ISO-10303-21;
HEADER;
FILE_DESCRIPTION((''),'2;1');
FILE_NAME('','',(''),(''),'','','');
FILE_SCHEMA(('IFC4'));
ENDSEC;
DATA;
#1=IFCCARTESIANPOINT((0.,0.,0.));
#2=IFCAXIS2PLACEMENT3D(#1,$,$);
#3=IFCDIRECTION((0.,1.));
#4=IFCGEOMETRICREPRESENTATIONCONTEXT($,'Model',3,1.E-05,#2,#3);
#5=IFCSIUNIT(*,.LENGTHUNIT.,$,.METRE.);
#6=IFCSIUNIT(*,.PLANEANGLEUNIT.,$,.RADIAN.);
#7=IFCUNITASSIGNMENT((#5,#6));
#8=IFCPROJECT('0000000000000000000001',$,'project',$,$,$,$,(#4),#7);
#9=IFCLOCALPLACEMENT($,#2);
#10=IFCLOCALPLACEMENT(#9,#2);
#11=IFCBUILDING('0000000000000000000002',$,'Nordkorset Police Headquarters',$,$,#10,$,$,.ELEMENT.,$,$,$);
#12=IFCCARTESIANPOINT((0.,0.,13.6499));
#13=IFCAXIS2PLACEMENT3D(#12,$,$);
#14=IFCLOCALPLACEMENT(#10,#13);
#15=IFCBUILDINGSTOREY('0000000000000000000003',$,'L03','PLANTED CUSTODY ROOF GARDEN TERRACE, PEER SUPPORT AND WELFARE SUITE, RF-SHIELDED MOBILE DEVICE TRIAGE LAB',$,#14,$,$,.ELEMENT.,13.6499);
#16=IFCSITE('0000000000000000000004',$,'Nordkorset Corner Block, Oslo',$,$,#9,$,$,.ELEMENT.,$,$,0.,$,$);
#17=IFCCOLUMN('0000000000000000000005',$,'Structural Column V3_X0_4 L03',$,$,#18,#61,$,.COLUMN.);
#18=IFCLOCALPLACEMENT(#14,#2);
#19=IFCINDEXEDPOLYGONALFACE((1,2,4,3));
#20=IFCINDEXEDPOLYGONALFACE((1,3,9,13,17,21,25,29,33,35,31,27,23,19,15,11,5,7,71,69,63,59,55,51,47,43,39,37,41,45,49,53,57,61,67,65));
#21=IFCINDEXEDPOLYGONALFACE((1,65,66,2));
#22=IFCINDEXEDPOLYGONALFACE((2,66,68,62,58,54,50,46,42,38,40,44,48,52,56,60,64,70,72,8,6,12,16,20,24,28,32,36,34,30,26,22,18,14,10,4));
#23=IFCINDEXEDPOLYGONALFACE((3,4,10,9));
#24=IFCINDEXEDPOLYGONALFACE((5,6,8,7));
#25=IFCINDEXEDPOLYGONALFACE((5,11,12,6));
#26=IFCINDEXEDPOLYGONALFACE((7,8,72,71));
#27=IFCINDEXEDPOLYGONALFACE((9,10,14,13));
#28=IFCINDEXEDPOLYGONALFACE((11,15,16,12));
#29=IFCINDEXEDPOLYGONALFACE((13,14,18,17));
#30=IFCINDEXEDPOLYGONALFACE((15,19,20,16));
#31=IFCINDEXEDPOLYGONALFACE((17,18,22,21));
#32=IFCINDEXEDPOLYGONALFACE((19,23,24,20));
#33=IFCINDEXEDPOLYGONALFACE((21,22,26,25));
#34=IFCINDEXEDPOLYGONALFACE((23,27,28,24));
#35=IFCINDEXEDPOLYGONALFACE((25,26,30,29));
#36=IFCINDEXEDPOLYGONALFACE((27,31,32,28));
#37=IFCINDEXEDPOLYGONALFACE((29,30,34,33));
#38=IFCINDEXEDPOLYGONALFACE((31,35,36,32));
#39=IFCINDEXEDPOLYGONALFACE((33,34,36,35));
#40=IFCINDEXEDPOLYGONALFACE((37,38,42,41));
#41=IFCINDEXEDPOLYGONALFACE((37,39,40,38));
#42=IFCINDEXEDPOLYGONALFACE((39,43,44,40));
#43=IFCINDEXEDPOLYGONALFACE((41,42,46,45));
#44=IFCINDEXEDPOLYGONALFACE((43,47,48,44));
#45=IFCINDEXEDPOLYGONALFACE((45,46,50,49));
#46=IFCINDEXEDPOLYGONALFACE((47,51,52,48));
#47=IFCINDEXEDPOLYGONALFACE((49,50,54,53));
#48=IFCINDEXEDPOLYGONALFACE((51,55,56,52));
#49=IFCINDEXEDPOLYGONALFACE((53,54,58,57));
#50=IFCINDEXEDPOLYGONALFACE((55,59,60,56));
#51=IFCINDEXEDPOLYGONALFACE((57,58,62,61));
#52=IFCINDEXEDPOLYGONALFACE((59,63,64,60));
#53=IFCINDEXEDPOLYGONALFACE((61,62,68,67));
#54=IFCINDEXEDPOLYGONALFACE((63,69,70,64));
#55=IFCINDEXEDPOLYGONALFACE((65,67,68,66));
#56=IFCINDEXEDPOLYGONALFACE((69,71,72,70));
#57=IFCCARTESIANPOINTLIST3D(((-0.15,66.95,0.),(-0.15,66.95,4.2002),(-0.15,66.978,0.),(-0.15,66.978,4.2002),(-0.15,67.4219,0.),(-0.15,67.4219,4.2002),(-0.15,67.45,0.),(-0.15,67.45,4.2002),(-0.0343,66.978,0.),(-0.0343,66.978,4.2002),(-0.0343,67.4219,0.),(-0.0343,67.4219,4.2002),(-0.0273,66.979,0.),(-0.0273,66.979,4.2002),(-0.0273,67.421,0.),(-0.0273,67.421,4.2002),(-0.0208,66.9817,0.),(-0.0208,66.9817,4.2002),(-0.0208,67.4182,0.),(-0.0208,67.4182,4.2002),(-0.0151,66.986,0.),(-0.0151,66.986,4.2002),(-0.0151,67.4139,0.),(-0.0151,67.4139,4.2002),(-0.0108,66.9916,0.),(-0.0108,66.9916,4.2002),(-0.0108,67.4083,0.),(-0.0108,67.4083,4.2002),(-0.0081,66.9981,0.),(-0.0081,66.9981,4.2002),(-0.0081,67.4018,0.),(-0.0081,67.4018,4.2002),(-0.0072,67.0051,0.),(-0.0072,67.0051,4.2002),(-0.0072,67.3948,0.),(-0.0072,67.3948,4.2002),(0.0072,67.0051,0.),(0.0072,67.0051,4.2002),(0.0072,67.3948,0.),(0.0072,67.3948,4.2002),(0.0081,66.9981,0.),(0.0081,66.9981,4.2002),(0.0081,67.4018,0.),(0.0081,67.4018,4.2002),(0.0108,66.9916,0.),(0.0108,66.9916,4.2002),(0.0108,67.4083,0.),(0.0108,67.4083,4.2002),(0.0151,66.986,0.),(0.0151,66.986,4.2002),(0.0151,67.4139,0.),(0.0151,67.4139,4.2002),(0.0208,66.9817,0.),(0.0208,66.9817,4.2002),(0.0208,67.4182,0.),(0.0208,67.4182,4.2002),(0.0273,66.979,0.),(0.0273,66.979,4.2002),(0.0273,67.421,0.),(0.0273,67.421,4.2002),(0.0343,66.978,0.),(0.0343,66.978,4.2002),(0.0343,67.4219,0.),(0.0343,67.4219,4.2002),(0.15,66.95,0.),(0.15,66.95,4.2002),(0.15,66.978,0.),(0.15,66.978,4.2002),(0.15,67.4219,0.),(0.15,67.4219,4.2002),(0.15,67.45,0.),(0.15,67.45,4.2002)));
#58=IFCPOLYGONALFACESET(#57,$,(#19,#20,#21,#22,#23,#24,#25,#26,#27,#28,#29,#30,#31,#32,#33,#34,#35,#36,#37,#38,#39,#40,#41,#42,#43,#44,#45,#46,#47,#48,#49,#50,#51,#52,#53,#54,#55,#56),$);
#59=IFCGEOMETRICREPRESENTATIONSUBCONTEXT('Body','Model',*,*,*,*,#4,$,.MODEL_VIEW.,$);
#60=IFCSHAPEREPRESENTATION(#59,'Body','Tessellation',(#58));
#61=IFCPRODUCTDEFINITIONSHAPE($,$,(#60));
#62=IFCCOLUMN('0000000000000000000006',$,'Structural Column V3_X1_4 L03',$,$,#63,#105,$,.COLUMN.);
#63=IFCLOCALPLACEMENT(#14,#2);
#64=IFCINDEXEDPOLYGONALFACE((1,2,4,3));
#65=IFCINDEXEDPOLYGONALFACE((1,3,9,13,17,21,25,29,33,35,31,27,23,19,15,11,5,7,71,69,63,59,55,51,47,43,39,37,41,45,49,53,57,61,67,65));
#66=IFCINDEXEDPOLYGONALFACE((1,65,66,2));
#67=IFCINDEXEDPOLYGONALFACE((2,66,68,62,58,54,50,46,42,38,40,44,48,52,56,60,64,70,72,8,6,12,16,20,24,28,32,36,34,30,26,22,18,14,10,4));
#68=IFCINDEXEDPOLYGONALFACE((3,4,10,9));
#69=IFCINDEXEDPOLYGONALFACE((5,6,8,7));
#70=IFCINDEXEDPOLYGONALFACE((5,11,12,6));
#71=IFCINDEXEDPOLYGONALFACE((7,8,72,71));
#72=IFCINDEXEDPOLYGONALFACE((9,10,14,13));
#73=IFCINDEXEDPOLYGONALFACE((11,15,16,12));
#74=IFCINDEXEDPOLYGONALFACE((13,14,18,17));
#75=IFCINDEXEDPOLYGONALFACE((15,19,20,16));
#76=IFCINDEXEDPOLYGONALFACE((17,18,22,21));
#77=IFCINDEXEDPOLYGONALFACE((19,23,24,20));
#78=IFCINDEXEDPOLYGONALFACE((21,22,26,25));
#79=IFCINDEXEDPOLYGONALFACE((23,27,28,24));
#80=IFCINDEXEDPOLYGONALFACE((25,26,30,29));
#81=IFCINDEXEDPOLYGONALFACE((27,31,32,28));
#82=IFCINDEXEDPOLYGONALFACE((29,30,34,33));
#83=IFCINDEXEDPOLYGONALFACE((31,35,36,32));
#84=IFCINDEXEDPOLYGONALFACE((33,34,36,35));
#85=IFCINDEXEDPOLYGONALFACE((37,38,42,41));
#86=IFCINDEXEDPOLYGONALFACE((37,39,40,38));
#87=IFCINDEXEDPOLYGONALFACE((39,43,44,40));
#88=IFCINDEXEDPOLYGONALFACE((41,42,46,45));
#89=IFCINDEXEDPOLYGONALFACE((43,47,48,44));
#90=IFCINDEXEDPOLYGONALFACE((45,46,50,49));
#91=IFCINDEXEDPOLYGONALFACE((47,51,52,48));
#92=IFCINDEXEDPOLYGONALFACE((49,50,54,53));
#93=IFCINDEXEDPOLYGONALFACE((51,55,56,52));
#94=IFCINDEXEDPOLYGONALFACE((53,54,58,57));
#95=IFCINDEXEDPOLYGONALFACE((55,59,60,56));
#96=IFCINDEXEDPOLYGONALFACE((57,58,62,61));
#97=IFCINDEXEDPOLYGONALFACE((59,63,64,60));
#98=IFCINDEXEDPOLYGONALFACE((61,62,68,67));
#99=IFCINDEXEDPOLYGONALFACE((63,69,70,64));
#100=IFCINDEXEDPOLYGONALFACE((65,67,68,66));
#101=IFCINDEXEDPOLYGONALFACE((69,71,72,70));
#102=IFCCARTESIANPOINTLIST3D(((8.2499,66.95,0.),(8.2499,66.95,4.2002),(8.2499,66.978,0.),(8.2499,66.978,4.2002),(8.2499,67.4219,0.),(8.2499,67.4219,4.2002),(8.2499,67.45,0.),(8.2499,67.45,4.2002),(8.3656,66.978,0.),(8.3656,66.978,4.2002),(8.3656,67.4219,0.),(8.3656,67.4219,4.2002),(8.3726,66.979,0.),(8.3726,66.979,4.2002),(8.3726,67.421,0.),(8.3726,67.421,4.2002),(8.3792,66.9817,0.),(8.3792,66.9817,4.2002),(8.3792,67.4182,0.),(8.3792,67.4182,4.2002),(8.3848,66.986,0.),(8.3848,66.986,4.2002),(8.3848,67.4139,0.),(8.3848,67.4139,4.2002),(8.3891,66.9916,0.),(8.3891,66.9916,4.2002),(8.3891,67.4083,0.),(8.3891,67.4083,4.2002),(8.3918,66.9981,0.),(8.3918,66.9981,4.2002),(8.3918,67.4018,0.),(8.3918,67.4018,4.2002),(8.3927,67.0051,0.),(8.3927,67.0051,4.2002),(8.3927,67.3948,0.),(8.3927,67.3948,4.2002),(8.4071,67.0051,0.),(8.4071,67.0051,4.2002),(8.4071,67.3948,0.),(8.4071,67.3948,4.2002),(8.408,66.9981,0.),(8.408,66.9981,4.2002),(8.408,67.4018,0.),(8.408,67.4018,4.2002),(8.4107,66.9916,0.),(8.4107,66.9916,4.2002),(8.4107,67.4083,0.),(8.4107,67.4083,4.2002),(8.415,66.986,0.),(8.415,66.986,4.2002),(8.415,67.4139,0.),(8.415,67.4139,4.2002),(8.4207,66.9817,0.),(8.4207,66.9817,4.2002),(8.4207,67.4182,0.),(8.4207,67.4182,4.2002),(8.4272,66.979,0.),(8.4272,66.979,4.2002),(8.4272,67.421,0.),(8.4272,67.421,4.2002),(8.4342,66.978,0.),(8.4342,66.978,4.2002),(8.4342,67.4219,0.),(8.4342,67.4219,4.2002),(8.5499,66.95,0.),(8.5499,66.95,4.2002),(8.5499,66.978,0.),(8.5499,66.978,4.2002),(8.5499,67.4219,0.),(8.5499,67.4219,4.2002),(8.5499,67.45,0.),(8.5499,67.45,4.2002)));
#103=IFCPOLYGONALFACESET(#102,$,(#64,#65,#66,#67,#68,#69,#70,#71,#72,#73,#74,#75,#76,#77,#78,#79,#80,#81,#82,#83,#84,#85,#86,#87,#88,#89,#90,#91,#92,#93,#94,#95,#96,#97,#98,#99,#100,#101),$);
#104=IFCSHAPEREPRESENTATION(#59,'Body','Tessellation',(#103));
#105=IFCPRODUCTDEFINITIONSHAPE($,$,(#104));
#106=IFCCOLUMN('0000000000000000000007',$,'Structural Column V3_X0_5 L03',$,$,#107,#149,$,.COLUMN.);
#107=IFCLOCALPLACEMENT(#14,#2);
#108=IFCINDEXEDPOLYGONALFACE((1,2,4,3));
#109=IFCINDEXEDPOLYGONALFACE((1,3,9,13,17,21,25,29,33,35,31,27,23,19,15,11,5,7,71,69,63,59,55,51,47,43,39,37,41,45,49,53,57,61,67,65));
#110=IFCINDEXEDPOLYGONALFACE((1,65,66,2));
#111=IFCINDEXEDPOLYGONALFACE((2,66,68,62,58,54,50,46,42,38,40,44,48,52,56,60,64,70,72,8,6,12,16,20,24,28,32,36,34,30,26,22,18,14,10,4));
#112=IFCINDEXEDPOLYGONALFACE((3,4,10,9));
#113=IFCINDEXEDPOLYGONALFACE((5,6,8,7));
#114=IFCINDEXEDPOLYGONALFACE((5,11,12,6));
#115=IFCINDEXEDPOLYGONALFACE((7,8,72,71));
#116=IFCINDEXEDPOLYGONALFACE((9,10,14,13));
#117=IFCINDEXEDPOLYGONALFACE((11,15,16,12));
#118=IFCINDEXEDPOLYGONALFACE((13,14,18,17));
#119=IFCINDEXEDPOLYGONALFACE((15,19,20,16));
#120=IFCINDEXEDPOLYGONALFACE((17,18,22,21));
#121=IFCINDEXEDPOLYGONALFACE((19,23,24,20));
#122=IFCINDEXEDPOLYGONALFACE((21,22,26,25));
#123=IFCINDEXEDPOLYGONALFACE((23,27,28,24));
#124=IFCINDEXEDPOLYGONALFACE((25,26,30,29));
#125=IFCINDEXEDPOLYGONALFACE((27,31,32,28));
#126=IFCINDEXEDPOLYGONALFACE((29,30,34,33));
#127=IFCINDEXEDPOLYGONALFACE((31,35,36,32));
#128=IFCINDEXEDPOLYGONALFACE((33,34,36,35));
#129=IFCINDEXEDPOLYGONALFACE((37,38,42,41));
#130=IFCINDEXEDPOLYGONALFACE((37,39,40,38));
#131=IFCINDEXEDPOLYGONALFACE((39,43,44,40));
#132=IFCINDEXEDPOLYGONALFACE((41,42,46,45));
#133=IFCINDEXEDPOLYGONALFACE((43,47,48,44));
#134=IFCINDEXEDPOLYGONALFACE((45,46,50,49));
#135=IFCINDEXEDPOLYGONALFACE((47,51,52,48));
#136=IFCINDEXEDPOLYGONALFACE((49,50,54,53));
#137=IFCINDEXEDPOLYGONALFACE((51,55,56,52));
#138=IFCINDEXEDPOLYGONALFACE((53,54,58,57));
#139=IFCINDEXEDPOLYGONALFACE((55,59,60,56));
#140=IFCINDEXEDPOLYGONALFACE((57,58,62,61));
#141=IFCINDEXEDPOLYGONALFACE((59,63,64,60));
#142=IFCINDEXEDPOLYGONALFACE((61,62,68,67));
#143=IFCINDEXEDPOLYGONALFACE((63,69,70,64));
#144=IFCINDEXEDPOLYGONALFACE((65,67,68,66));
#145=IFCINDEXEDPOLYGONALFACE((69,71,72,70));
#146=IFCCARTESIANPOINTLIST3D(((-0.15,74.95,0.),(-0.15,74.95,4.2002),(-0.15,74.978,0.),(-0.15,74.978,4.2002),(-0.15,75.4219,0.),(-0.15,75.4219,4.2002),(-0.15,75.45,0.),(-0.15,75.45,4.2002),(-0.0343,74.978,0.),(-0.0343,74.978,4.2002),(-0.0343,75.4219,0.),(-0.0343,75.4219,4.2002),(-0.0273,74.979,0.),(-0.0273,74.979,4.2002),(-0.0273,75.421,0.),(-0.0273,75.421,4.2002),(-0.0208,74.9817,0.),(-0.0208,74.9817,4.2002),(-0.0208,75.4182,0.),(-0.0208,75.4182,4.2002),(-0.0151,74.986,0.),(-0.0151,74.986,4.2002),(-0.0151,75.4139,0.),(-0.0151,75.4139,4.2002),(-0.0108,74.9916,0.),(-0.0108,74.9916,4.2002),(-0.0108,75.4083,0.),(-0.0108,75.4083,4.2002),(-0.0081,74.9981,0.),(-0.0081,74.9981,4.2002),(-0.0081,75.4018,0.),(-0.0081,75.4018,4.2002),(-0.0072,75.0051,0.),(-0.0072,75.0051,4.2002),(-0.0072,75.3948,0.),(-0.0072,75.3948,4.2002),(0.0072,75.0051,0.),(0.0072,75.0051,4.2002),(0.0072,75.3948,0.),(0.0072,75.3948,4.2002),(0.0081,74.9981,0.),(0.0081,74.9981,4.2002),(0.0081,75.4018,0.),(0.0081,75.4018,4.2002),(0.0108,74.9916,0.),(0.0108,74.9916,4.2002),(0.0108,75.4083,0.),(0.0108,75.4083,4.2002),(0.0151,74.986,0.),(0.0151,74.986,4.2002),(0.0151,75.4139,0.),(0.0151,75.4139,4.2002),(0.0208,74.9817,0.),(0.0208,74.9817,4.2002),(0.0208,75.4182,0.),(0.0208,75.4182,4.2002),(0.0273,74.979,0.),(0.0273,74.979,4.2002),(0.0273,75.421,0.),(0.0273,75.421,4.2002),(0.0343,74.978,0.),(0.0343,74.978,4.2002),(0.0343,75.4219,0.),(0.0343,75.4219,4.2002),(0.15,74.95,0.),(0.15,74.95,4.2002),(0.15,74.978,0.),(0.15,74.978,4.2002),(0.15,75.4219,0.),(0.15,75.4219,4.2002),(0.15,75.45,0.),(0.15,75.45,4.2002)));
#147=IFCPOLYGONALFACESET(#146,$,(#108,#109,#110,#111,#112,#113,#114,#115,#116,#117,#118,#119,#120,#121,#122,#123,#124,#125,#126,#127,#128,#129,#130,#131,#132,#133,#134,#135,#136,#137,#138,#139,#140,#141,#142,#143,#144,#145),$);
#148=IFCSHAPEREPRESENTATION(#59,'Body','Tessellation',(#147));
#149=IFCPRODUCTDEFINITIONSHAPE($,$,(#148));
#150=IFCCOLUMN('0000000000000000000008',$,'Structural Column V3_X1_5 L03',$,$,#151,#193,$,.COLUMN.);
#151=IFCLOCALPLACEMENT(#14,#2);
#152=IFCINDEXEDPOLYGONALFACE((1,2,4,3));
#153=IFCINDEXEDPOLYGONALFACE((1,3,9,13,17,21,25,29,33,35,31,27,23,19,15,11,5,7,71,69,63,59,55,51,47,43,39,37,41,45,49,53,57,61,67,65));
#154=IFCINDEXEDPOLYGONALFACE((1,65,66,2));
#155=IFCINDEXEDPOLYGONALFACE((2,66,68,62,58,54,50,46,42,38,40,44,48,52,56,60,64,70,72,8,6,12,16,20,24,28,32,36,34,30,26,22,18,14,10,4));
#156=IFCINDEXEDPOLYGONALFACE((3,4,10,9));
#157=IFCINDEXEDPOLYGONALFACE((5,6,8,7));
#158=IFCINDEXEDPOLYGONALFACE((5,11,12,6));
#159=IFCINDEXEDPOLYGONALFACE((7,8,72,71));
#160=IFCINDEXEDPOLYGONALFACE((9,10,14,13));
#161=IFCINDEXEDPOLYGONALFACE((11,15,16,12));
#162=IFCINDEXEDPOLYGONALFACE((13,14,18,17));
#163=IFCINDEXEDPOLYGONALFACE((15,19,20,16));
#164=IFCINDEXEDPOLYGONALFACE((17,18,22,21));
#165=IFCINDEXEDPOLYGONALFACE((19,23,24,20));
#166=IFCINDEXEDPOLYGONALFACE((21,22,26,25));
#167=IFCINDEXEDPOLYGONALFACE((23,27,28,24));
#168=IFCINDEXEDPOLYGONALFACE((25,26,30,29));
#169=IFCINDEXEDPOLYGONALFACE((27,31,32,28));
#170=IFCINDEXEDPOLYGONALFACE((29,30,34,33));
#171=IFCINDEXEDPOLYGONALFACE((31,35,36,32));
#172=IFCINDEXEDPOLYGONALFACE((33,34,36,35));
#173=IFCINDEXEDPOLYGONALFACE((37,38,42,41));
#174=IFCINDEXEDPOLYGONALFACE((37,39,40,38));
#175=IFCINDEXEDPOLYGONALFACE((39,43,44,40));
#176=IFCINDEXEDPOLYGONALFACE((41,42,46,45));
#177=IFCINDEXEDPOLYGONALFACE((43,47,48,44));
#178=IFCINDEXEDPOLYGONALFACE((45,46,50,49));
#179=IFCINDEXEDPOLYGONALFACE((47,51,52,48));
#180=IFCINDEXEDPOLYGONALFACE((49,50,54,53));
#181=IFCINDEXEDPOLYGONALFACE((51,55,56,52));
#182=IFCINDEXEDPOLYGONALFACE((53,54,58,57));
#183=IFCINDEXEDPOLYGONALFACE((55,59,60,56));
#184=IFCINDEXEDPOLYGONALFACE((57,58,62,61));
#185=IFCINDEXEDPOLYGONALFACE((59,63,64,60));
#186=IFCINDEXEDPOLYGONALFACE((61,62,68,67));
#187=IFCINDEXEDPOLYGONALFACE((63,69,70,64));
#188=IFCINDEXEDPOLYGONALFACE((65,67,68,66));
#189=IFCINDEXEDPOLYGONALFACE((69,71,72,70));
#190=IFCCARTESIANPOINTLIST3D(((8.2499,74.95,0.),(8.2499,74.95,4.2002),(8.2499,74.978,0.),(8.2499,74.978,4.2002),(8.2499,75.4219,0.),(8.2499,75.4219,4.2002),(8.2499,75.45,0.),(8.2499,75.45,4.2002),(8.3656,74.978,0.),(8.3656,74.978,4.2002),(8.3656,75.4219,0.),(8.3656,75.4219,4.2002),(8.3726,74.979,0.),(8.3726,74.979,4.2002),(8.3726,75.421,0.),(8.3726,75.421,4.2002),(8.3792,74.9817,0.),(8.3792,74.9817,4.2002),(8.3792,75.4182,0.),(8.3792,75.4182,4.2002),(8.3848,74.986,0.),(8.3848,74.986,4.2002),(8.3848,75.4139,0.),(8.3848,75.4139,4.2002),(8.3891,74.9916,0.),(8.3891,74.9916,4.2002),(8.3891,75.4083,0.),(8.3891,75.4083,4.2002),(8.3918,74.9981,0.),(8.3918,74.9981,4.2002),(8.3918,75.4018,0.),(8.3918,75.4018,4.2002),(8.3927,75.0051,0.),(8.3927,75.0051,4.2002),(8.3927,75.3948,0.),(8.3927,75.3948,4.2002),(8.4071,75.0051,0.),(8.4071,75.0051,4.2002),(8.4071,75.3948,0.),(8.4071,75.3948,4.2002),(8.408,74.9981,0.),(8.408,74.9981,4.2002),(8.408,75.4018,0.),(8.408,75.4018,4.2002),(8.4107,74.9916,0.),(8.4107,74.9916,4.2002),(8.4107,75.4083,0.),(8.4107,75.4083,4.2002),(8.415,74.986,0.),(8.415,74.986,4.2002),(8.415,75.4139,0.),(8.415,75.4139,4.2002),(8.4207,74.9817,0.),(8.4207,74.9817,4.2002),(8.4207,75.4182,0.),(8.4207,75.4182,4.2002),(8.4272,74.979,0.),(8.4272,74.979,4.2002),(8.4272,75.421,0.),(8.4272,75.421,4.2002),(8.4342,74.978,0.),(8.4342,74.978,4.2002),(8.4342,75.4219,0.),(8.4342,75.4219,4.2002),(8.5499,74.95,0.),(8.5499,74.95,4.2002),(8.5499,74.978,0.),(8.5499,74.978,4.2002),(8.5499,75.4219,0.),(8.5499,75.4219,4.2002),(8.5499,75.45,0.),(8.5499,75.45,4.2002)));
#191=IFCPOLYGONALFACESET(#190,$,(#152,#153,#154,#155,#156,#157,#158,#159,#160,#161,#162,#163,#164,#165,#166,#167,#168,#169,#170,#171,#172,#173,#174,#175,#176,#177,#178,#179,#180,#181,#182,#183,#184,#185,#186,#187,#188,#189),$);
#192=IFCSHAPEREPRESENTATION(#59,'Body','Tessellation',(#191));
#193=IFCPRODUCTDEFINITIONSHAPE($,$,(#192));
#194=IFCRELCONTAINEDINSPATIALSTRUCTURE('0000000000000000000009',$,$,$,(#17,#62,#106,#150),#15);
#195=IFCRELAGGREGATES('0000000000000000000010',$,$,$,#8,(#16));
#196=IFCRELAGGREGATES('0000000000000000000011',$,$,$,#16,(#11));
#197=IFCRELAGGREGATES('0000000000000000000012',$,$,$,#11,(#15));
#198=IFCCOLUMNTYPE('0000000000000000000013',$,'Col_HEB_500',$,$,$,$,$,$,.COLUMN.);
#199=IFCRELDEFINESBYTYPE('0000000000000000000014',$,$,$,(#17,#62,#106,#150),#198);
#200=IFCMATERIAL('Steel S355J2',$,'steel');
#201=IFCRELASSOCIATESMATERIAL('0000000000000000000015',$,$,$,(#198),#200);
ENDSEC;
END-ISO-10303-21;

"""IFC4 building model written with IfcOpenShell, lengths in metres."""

from ifc_helpers import new_model, si_unit, direction, frame, origin, origin_2d, place, context, subcontext, project, spatial, i_section, extrude, material, material_profile, profile_set, type_object, element, save


model = new_model("IFC4")

# Units and contexts
model_context = context("Model", 3, precision=1e-05, world=origin(), true_north=direction((0.0, 1.0)))
body_context = subcontext(model_context, "Body", "Model", "MODEL_VIEW")
ifc_project = project(units=[si_unit("LENGTHUNIT", "METRE"), si_unit("PLANEANGLEUNIT", "RADIAN")], contexts=[model_context])

# Site, building, storey
site_placement = place(None, origin())
site = spatial("IfcSite", under=ifc_project, at=site_placement, Name="Nordkorset Corner Block, Oslo", CompositionType="ELEMENT", RefElevation=0.0)
building_placement = place(site_placement, origin())
building = spatial("IfcBuilding", under=site, at=building_placement, Name="Nordkorset Police Headquarters", CompositionType="ELEMENT")
storey_placement = place(building_placement, frame((0.0, 0.0, 13.6499)))
storey = spatial("IfcBuildingStorey", under=building, at=storey_placement, Name="L03", Description="PLANTED CUSTODY ROOF GARDEN TERRACE, PEER SUPPORT AND WELFARE SUITE, RF-SHIELDED MOBILE DEVICE TRIAGE LAB", CompositionType="ELEMENT", Elevation=13.6499)

# Columns
ifc_material_1 = material(Name="Steel S355J2", Category="steel")
ifc_material_profile_1 = material_profile(ifc_material_1, i_section(OverallWidth=0.3, OverallDepth=0.5, WebThickness=0.0144, FlangeThickness=0.0281, FilletRadius=0.0271, at=origin_2d()), Name="HEB 500")
ifc_profile_set_1 = profile_set([ifc_material_profile_1], Name="Steel S355J2")
column_type = type_object("IfcColumnType", Name="Col_HEB_500", PredefinedType="COLUMN", material=ifc_profile_set_1)
for number, where, z_axis, x_axis, name in (
    (1, (0.0, 67.2, 0.0), (0.0, 0.0, 1.0), (1.0, 0.0, 0.0), "Structural Column V3_X0_4 L03"),
    (2, (8.3999, 67.2, 0.0), (0.0, 0.0, 1.0), (1.0, 0.0, 0.0), "Structural Column V3_X1_4 L03"),
    (3, (0.0, 75.2, 0.0), (0.0, 0.0, 1.0), (1.0, 0.0, 0.0), "Structural Column V3_X0_5 L03"),
    (4, (8.3999, 75.2, 0.0), (0.0, 0.0, 1.0), (1.0, 0.0, 0.0), "Structural Column V3_X1_5 L03"),
):
    element("IfcColumn", number, at=place(storey_placement, frame(where, z_axis=z_axis, x_axis=x_axis)), inside=storey, type_object=column_type, Name=name, PredefinedType="COLUMN", context=body_context, shape_type="SweptSolid", body=[
        extrude(i_section(OverallWidth=0.3, OverallDepth=0.5, WebThickness=0.0144, FlangeThickness=0.0281, FilletRadius=0.0271, at=origin_2d()), origin(), (0.0, 0.0, 1.0), 4.2002),
    ])

save(model, "model.ifc")
